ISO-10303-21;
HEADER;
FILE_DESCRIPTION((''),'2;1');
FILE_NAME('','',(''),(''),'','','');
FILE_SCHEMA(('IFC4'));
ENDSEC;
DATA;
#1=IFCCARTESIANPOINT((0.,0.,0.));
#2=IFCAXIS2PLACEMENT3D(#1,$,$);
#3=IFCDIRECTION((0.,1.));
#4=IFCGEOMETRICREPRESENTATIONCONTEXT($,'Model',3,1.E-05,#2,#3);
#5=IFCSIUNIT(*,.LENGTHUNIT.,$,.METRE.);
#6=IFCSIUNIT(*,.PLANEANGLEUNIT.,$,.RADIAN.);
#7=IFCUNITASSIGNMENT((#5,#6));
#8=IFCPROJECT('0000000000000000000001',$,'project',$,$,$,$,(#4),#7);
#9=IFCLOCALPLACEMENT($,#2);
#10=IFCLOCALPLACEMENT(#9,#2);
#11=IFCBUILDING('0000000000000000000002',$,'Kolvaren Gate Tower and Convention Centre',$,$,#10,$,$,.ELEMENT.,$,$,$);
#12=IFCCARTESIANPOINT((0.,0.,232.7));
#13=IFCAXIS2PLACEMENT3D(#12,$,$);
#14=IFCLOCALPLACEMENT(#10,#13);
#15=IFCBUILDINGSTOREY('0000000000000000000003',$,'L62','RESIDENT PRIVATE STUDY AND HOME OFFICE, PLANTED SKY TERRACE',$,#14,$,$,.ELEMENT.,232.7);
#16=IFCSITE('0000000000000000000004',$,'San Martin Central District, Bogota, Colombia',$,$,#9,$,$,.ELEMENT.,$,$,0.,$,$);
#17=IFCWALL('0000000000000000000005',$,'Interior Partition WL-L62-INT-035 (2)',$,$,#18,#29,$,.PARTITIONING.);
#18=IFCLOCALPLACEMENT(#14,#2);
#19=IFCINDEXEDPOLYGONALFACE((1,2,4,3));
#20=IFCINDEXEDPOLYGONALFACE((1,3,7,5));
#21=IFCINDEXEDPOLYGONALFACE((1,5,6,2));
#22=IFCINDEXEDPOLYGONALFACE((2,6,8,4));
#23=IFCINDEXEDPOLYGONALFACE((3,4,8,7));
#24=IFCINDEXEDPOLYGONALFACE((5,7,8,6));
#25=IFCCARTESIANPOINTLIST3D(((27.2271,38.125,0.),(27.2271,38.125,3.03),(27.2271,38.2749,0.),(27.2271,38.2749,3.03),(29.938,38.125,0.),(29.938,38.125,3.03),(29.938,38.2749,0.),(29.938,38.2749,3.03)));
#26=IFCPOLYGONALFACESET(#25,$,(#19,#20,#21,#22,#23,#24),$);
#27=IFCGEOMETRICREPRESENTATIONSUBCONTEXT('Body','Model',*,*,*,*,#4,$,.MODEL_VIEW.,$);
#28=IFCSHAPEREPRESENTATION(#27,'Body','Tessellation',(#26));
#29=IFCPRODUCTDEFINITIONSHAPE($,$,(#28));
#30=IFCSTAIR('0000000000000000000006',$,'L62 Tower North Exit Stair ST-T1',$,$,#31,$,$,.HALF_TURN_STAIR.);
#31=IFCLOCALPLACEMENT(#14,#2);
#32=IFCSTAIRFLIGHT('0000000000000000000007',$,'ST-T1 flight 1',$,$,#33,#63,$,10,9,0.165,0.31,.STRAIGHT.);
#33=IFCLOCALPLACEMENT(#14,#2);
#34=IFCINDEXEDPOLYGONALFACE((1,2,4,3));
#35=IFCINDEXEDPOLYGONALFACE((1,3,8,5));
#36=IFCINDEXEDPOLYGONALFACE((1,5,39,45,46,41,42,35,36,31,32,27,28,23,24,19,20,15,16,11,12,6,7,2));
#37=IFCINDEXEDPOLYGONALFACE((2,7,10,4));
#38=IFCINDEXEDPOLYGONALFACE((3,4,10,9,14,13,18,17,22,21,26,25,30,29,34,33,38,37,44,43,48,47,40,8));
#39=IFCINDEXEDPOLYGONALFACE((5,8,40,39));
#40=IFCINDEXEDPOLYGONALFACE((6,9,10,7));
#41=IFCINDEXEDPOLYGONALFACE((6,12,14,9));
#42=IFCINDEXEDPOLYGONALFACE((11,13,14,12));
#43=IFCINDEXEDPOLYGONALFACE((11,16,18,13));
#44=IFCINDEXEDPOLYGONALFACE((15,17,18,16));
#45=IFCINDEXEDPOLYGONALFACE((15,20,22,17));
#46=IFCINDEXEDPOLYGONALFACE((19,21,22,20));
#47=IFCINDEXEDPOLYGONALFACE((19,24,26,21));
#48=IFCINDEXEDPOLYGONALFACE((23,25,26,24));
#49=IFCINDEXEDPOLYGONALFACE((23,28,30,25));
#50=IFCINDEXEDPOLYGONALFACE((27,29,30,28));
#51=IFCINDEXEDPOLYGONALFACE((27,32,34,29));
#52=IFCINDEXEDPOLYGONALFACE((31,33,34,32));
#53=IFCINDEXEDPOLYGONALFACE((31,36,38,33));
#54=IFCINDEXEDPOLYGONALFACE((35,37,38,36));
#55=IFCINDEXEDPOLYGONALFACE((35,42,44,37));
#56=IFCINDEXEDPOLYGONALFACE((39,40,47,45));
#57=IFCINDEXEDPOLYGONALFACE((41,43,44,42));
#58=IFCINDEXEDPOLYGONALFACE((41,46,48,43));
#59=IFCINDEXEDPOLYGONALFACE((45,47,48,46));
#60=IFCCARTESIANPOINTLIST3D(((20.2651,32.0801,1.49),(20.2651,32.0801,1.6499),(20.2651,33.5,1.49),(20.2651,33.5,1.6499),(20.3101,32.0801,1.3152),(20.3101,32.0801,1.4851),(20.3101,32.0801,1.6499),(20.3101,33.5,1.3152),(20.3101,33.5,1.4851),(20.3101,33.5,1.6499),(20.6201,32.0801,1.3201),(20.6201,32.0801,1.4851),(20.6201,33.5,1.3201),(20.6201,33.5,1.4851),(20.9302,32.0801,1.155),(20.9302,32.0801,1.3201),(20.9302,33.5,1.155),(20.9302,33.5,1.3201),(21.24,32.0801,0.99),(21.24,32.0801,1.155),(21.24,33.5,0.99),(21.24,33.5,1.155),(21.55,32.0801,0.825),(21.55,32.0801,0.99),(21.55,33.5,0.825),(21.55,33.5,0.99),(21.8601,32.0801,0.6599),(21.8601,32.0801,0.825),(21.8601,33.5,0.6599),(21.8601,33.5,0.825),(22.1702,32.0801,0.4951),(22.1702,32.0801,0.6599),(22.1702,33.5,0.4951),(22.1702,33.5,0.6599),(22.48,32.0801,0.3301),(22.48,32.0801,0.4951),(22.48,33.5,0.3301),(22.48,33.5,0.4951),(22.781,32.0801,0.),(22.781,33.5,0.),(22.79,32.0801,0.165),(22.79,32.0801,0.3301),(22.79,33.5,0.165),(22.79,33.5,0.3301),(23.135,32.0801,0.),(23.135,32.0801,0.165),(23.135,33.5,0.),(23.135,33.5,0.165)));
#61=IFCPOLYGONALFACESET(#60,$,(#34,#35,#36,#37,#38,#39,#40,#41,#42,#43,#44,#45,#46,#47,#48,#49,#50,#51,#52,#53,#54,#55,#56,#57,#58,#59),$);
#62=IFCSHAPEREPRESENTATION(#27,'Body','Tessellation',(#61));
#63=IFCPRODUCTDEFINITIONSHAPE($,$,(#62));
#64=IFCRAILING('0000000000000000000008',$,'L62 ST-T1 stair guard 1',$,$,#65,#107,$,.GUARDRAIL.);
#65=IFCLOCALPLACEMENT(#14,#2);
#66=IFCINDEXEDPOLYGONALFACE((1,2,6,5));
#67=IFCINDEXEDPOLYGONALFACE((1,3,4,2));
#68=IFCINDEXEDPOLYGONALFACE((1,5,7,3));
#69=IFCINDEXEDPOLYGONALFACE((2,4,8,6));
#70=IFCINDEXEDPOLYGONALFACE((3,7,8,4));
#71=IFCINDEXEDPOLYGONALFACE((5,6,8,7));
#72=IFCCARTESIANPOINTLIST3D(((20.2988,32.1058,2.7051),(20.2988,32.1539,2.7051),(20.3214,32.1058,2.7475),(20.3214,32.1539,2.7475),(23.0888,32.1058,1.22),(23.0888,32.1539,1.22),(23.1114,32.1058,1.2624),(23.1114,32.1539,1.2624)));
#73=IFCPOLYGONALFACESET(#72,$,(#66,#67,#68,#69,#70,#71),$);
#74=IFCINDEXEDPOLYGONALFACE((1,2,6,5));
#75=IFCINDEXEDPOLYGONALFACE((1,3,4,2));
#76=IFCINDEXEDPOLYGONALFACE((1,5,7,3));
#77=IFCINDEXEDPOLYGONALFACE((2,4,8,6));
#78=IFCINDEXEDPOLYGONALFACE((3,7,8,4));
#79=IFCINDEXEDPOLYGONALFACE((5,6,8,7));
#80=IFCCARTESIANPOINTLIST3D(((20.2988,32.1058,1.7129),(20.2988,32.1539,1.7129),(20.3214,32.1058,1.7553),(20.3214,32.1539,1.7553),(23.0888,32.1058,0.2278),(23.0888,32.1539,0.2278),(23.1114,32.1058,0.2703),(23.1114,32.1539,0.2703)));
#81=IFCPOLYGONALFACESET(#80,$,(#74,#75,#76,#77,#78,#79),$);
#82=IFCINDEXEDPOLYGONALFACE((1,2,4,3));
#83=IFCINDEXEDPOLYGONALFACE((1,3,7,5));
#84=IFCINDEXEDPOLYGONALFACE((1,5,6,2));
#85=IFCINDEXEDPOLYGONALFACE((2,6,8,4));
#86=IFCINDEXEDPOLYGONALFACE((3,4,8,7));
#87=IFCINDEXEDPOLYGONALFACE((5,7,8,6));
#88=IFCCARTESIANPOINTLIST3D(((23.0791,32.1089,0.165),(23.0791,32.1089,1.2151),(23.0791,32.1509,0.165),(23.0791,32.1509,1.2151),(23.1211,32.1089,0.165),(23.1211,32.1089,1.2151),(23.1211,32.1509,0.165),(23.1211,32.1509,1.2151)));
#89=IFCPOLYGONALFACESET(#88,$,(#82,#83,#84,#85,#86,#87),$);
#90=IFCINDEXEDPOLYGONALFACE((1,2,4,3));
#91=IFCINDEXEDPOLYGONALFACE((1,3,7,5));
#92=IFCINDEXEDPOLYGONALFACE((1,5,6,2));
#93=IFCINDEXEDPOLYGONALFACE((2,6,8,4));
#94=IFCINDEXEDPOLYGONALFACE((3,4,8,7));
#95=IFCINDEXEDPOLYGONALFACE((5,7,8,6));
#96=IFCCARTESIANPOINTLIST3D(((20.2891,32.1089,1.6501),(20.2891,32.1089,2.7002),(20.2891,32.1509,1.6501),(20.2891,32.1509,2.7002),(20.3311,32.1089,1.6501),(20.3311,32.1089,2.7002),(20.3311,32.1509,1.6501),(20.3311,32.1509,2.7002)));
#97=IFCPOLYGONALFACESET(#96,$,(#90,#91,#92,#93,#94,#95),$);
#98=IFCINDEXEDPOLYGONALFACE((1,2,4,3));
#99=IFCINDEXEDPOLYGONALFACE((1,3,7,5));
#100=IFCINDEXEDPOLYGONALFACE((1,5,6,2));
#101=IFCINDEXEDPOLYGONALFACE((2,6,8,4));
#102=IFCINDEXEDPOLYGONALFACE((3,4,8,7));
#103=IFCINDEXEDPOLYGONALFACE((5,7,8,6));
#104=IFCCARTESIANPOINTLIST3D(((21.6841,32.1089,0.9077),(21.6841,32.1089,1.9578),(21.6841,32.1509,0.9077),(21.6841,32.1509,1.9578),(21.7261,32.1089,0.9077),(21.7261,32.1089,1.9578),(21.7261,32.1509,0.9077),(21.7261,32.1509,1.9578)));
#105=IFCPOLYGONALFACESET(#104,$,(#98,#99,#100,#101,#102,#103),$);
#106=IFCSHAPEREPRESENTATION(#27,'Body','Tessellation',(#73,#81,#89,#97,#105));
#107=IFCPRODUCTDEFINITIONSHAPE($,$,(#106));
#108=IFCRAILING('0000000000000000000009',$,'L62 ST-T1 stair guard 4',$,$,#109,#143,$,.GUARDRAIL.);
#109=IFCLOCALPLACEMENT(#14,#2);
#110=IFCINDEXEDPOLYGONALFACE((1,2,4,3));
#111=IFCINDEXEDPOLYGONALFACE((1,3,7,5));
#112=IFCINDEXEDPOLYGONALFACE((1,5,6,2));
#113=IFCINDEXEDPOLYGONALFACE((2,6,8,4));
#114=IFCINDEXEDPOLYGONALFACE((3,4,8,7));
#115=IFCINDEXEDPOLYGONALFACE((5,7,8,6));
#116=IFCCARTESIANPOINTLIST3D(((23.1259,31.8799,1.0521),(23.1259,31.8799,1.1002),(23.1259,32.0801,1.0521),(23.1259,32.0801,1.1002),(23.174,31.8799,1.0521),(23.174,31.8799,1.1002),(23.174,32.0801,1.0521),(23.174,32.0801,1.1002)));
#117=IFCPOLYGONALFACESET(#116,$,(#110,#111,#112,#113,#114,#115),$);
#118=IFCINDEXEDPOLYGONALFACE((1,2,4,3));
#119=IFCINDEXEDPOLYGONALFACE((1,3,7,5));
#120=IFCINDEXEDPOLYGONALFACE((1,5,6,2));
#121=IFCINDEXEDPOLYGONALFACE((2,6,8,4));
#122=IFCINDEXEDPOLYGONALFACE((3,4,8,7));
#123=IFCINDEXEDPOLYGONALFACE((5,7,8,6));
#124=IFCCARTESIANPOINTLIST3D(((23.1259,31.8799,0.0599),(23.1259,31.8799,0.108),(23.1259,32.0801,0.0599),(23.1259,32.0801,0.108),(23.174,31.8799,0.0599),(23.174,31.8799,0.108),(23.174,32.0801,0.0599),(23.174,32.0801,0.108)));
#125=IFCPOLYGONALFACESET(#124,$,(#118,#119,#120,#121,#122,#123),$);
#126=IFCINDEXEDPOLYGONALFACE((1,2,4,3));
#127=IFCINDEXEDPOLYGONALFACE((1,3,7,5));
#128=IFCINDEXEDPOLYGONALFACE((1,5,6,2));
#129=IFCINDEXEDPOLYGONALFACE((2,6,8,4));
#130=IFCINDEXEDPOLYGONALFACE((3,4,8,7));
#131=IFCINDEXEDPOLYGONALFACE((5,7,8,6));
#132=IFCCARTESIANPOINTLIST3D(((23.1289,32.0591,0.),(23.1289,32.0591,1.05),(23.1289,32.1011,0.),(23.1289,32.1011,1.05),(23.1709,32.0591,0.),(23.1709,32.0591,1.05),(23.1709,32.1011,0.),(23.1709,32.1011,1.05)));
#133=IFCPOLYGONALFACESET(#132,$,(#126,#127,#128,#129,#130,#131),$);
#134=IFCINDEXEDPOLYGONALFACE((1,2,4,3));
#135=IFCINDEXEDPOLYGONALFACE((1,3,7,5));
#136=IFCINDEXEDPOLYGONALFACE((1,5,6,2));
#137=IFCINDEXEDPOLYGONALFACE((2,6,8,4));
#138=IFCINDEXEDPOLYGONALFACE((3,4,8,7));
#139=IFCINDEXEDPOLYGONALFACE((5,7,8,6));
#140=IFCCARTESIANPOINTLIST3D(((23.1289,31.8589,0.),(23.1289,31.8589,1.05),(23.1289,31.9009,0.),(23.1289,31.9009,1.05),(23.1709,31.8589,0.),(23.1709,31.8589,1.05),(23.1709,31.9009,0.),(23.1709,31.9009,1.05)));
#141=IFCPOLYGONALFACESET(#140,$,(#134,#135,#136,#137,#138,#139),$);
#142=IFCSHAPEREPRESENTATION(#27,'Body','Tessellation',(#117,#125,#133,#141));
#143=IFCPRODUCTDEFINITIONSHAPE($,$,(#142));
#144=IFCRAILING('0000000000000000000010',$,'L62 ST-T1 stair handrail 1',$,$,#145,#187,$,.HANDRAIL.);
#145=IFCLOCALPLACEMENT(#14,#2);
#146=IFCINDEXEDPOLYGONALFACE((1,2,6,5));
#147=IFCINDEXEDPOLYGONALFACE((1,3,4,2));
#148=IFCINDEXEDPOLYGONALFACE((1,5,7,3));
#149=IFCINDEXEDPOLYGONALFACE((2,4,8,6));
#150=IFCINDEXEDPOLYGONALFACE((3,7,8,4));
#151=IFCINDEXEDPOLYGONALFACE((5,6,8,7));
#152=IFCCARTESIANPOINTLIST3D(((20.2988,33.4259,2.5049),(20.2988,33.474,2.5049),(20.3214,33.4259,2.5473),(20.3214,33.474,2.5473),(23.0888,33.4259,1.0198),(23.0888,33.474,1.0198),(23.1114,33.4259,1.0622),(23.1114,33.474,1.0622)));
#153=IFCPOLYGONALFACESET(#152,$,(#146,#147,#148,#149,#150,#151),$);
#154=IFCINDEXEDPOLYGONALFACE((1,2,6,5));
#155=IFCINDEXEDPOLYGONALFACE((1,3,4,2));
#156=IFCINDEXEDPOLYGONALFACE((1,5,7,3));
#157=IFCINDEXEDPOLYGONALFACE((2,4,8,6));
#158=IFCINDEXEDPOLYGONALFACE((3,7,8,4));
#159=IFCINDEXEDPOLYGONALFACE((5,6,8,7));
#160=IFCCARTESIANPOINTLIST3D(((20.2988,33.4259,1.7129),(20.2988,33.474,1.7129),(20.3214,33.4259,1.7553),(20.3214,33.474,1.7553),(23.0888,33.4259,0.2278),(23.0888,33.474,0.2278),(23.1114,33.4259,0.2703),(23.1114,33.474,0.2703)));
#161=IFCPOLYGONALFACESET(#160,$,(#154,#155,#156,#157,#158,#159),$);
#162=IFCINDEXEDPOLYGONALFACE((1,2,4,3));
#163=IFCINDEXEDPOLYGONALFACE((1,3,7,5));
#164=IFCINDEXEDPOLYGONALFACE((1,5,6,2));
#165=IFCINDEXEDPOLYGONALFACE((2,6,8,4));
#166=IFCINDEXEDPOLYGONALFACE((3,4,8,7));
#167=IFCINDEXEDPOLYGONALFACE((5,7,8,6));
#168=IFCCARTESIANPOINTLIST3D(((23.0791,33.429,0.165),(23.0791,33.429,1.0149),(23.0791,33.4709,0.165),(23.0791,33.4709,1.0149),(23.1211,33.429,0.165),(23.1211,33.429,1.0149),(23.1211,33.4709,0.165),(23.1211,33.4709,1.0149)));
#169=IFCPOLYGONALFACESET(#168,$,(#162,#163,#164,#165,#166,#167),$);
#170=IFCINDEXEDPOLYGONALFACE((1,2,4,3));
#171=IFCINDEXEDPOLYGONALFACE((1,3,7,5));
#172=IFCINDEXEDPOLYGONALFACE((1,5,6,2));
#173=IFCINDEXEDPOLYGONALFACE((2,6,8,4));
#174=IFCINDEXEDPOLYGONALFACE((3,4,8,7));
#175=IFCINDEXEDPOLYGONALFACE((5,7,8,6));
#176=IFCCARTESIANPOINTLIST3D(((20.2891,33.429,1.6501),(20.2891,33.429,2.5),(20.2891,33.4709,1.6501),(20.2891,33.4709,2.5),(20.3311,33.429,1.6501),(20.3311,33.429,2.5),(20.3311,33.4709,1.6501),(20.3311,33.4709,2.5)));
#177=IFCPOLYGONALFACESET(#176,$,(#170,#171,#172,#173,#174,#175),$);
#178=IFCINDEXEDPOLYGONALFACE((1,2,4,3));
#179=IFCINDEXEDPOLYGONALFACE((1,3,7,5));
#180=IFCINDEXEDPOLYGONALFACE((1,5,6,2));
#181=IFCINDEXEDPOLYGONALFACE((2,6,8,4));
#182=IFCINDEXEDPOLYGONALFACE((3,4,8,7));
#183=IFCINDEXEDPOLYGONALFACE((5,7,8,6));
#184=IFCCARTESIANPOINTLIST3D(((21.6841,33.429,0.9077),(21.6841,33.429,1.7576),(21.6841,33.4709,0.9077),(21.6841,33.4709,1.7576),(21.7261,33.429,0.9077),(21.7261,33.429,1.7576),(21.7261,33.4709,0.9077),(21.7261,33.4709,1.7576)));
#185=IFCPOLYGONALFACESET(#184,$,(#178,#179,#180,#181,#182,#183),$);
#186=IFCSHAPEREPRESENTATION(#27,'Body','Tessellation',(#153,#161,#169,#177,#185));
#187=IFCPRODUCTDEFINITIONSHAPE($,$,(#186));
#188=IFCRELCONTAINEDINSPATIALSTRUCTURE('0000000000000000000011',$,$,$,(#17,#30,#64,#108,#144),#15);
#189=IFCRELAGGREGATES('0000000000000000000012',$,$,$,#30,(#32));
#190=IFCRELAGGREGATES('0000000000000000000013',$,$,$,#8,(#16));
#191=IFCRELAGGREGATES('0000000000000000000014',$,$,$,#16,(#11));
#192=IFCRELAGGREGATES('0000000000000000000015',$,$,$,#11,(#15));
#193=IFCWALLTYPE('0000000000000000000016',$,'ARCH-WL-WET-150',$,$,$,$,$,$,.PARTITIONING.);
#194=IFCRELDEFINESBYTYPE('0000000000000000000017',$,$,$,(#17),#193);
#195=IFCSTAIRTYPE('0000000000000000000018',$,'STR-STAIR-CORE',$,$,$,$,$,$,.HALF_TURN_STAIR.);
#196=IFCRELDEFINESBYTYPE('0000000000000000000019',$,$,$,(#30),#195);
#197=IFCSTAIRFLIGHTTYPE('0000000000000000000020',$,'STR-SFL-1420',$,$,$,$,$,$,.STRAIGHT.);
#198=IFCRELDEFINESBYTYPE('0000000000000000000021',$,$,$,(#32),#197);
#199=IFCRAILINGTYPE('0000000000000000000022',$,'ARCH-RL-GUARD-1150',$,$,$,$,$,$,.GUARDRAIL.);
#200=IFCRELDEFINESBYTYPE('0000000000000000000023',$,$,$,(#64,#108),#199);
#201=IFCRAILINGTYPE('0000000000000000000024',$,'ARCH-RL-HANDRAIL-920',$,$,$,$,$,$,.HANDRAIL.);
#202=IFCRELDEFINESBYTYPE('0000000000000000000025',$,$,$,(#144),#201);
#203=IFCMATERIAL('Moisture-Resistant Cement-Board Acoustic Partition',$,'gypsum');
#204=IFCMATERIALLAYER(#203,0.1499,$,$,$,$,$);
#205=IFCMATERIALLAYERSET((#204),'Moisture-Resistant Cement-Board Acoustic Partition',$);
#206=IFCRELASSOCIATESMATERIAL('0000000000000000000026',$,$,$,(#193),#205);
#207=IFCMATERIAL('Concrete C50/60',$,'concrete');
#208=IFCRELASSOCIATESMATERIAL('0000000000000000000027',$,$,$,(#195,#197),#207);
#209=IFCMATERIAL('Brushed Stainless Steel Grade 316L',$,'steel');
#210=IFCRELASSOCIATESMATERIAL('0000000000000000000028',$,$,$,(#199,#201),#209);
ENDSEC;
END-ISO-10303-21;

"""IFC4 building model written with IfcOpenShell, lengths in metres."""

from ifc_helpers import new_model, si_unit, direction, frame, frame_2d, origin, origin_2d, place, context, subcontext, project, spatial, polyline, rectangle, outline, extrude, material, layer, layer_set, type_object, element, aggregate, save


model = new_model("IFC4")

# Units and contexts
model_context = context("Model", 3, precision=1e-05, world=origin(), true_north=direction((0.0, 1.0)))
body_context = subcontext(model_context, "Body", "Model", "MODEL_VIEW")
ifc_project = project(units=[si_unit("LENGTHUNIT", "METRE"), si_unit("PLANEANGLEUNIT", "RADIAN")], contexts=[model_context])

# Site, building, storey
site_placement = place(None, origin())
site = spatial("IfcSite", under=ifc_project, at=site_placement, Name="San Martin Central District, Bogota, Colombia", CompositionType="ELEMENT", RefElevation=0.0)
building_placement = place(site_placement, origin())
building = spatial("IfcBuilding", under=site, at=building_placement, Name="Kolvaren Gate Tower and Convention Centre", CompositionType="ELEMENT")
storey_placement = place(building_placement, frame((0.0, 0.0, 232.7)))
storey = spatial("IfcBuildingStorey", under=building, at=storey_placement, Name="L62", Description="RESIDENT PRIVATE STUDY AND HOME OFFICE, PLANTED SKY TERRACE", CompositionType="ELEMENT", Elevation=232.7)

# Shared definitions
ifc_material_1 = material(Name="Concrete C50/60", Category="concrete")

# Shared definitions
ifc_material_2 = material(Name="Moisture-Resistant Cement-Board Acoustic Partition", Category="gypsum")
ifc_layer_1 = layer(ifc_material_2, 0.1499)
ifc_layer_set_1 = layer_set([ifc_layer_1], Name="Moisture-Resistant Cement-Board Acoustic Partition")
wall_type_1 = type_object("IfcWallType", Name="ARCH-WL-WET-150", PredefinedType="PARTITIONING", material=ifc_layer_set_1)

# Wall
wall_1_placement = place(storey_placement, frame((27.2271, 38.2, 0.0), z_axis=(0.0, 0.0, 1.0), x_axis=(1.0, 0.0, 0.0)))
element("IfcWall", 1, at=wall_1_placement, inside=storey, type_object=wall_type_1, Name="Interior Partition WL-L62-INT-035 (2)", PredefinedType="PARTITIONING", context=body_context, shape_type="SweptSolid", body=[
    extrude(rectangle(XDim=2.7109, YDim=0.1499, at=frame_2d((1.3555, 0.0))), origin(), (0.0, 0.0, 1.0), 3.03),
])

# Stair, stair flight
stair_type = type_object("IfcStairType", Name="STR-STAIR-CORE", PredefinedType="HALF_TURN_STAIR", material=ifc_material_1)
stair_placement = place(storey_placement, origin())
stair = element("IfcStair", 2, at=stair_placement, inside=storey, type_object=stair_type, Name="L62 Tower North Exit Stair ST-T1", PredefinedType="HALF_TURN_STAIR")
stair_flight_type = type_object("IfcStairFlightType", Name="STR-SFL-1420", PredefinedType="STRAIGHT", material=ifc_material_1)
stair_flight_placement = place(storey_placement, frame((23.1001, 32.79, 0.0), z_axis=(0.0, 0.0, 1.0), x_axis=(-1.0, 0.0, 0.0)))
stair_flight = element("IfcStairFlight", 3, at=stair_flight_placement, type_object=stair_flight_type, Name="ST-T1 flight 1", NumberOfRisers=10, NumberOfTreads=9, PredefinedType="STRAIGHT", RiserHeight=0.165, TreadLength=0.31, context=body_context, shape_type="SweptSolid", body=[
    extrude(outline(polyline([(-0.0349, 0.0), (-0.0349, 0.165), (0.3101, 0.165), (0.3101, 0.3301), (0.6201, 0.3301), (0.6201, 0.4951), (0.9299, 0.4951), (0.9299, 0.6599), (1.24, 0.6599), (1.24, 0.825), (1.55, 0.825), (1.55, 0.99), (1.8601, 0.99), (1.8601, 1.155), (2.1699, 1.155), (2.1699, 1.3201), (2.48, 1.3201), (2.48, 1.4851), (2.79, 1.4851), (2.79, 1.6499), (2.835, 1.6499), (2.835, 1.49), (2.79, 1.3152), (0.3191, 0.0), (-0.0349, 0.0)])), frame((0.0, 0.71, 0.0), z_axis=(0.0, -1.0, 0.0), x_axis=(1.0, 0.0, 0.0)), (0.0, 0.0, 1.0), 1.4199),
])
aggregate(stair, [stair_flight])

# Railings
ifc_material_3 = material(Name="Brushed Stainless Steel Grade 316L", Category="steel")
railing_type_1 = type_object("IfcRailingType", Name="ARCH-RL-GUARD-1150", PredefinedType="GUARDRAIL", material=ifc_material_3)
railing_1_placement = place(storey_placement, frame((23.1001, 32.1299, 0.165)))
element("IfcRailing", 4, at=railing_1_placement, inside=storey, type_object=railing_type_1, Name="L62 ST-T1 stair guard 1", PredefinedType="GUARDRAIL", context=body_context, shape_type="SweptSolid", body=[
    extrude(rectangle(XDim=0.0481, YDim=0.0481, at=origin_2d()), frame((0.0, 0.0, 1.0762), z_axis=(-0.882735, 0.0, 0.46987), x_axis=(0.0, -1.0, 0.0)), (0.0, 0.0, 1.0), 3.1606),
    extrude(rectangle(XDim=0.0481, YDim=0.0481, at=origin_2d()), frame((0.0, 0.0, 0.084), z_axis=(-0.882735, 0.0, 0.46987), x_axis=(0.0, -1.0, 0.0)), (0.0, 0.0, 1.0), 3.1606),
    extrude(rectangle(XDim=0.042, YDim=0.042, at=origin_2d()), origin(), (0.0, 0.0, 1.0), 1.05),
    extrude(rectangle(XDim=0.042, YDim=0.042, at=origin_2d()), frame((-2.79, 0.0, 1.4851)), (0.0, 0.0, 1.0), 1.05),
    extrude(rectangle(XDim=0.042, YDim=0.042, at=origin_2d()), frame((-1.395, 0.0, 0.7427)), (0.0, 0.0, 1.0), 1.05),
])
railing_2_placement = place(storey_placement, frame((23.1499, 32.0801, 0.0)))
element("IfcRailing", 5, at=railing_2_placement, inside=storey, type_object=railing_type_1, Name="L62 ST-T1 stair guard 4", PredefinedType="GUARDRAIL", context=body_context, shape_type="SweptSolid", body=[
    extrude(rectangle(XDim=0.0481, YDim=0.0481, at=origin_2d()), frame((0.0, 0.0, 1.0762), z_axis=(0.0, -1.0, 0.0), x_axis=(1.0, 0.0, 0.0)), (0.0, 0.0, 1.0), 0.2002),
    extrude(rectangle(XDim=0.0481, YDim=0.0481, at=origin_2d()), frame((0.0, 0.0, 0.084), z_axis=(0.0, -1.0, 0.0), x_axis=(1.0, 0.0, 0.0)), (0.0, 0.0, 1.0), 0.2002),
    extrude(rectangle(XDim=0.042, YDim=0.042, at=origin_2d()), origin(), (0.0, 0.0, 1.0), 1.05),
    extrude(rectangle(XDim=0.042, YDim=0.042, at=origin_2d()), frame((0.0, -0.2002, 0.0)), (0.0, 0.0, 1.0), 1.05),
])
railing_type_2 = type_object("IfcRailingType", Name="ARCH-RL-HANDRAIL-920", PredefinedType="HANDRAIL", material=ifc_material_3)
railing_3_placement = place(storey_placement, frame((23.1001, 33.45, 0.165)))
element("IfcRailing", 6, at=railing_3_placement, inside=storey, type_object=railing_type_2, Name="L62 ST-T1 stair handrail 1", PredefinedType="HANDRAIL", context=body_context, shape_type="SweptSolid", body=[
    extrude(rectangle(XDim=0.0481, YDim=0.0481, at=origin_2d()), frame((0.0, 0.0, 0.876), z_axis=(-0.882735, 0.0, 0.46987), x_axis=(0.0, -1.0, 0.0)), (0.0, 0.0, 1.0), 3.1606),
    extrude(rectangle(XDim=0.0481, YDim=0.0481, at=origin_2d()), frame((0.0, 0.0, 0.084), z_axis=(-0.882735, 0.0, 0.46987), x_axis=(0.0, -1.0, 0.0)), (0.0, 0.0, 1.0), 3.1606),
    extrude(rectangle(XDim=0.042, YDim=0.042, at=origin_2d()), origin(), (0.0, 0.0, 1.0), 0.8499),
    extrude(rectangle(XDim=0.042, YDim=0.042, at=origin_2d()), frame((-2.79, 0.0, 1.4851)), (0.0, 0.0, 1.0), 0.8499),
    extrude(rectangle(XDim=0.042, YDim=0.042, at=origin_2d()), frame((-1.395, 0.0, 0.7427)), (0.0, 0.0, 1.0), 0.8499),
])

save(model, "model.ifc")
